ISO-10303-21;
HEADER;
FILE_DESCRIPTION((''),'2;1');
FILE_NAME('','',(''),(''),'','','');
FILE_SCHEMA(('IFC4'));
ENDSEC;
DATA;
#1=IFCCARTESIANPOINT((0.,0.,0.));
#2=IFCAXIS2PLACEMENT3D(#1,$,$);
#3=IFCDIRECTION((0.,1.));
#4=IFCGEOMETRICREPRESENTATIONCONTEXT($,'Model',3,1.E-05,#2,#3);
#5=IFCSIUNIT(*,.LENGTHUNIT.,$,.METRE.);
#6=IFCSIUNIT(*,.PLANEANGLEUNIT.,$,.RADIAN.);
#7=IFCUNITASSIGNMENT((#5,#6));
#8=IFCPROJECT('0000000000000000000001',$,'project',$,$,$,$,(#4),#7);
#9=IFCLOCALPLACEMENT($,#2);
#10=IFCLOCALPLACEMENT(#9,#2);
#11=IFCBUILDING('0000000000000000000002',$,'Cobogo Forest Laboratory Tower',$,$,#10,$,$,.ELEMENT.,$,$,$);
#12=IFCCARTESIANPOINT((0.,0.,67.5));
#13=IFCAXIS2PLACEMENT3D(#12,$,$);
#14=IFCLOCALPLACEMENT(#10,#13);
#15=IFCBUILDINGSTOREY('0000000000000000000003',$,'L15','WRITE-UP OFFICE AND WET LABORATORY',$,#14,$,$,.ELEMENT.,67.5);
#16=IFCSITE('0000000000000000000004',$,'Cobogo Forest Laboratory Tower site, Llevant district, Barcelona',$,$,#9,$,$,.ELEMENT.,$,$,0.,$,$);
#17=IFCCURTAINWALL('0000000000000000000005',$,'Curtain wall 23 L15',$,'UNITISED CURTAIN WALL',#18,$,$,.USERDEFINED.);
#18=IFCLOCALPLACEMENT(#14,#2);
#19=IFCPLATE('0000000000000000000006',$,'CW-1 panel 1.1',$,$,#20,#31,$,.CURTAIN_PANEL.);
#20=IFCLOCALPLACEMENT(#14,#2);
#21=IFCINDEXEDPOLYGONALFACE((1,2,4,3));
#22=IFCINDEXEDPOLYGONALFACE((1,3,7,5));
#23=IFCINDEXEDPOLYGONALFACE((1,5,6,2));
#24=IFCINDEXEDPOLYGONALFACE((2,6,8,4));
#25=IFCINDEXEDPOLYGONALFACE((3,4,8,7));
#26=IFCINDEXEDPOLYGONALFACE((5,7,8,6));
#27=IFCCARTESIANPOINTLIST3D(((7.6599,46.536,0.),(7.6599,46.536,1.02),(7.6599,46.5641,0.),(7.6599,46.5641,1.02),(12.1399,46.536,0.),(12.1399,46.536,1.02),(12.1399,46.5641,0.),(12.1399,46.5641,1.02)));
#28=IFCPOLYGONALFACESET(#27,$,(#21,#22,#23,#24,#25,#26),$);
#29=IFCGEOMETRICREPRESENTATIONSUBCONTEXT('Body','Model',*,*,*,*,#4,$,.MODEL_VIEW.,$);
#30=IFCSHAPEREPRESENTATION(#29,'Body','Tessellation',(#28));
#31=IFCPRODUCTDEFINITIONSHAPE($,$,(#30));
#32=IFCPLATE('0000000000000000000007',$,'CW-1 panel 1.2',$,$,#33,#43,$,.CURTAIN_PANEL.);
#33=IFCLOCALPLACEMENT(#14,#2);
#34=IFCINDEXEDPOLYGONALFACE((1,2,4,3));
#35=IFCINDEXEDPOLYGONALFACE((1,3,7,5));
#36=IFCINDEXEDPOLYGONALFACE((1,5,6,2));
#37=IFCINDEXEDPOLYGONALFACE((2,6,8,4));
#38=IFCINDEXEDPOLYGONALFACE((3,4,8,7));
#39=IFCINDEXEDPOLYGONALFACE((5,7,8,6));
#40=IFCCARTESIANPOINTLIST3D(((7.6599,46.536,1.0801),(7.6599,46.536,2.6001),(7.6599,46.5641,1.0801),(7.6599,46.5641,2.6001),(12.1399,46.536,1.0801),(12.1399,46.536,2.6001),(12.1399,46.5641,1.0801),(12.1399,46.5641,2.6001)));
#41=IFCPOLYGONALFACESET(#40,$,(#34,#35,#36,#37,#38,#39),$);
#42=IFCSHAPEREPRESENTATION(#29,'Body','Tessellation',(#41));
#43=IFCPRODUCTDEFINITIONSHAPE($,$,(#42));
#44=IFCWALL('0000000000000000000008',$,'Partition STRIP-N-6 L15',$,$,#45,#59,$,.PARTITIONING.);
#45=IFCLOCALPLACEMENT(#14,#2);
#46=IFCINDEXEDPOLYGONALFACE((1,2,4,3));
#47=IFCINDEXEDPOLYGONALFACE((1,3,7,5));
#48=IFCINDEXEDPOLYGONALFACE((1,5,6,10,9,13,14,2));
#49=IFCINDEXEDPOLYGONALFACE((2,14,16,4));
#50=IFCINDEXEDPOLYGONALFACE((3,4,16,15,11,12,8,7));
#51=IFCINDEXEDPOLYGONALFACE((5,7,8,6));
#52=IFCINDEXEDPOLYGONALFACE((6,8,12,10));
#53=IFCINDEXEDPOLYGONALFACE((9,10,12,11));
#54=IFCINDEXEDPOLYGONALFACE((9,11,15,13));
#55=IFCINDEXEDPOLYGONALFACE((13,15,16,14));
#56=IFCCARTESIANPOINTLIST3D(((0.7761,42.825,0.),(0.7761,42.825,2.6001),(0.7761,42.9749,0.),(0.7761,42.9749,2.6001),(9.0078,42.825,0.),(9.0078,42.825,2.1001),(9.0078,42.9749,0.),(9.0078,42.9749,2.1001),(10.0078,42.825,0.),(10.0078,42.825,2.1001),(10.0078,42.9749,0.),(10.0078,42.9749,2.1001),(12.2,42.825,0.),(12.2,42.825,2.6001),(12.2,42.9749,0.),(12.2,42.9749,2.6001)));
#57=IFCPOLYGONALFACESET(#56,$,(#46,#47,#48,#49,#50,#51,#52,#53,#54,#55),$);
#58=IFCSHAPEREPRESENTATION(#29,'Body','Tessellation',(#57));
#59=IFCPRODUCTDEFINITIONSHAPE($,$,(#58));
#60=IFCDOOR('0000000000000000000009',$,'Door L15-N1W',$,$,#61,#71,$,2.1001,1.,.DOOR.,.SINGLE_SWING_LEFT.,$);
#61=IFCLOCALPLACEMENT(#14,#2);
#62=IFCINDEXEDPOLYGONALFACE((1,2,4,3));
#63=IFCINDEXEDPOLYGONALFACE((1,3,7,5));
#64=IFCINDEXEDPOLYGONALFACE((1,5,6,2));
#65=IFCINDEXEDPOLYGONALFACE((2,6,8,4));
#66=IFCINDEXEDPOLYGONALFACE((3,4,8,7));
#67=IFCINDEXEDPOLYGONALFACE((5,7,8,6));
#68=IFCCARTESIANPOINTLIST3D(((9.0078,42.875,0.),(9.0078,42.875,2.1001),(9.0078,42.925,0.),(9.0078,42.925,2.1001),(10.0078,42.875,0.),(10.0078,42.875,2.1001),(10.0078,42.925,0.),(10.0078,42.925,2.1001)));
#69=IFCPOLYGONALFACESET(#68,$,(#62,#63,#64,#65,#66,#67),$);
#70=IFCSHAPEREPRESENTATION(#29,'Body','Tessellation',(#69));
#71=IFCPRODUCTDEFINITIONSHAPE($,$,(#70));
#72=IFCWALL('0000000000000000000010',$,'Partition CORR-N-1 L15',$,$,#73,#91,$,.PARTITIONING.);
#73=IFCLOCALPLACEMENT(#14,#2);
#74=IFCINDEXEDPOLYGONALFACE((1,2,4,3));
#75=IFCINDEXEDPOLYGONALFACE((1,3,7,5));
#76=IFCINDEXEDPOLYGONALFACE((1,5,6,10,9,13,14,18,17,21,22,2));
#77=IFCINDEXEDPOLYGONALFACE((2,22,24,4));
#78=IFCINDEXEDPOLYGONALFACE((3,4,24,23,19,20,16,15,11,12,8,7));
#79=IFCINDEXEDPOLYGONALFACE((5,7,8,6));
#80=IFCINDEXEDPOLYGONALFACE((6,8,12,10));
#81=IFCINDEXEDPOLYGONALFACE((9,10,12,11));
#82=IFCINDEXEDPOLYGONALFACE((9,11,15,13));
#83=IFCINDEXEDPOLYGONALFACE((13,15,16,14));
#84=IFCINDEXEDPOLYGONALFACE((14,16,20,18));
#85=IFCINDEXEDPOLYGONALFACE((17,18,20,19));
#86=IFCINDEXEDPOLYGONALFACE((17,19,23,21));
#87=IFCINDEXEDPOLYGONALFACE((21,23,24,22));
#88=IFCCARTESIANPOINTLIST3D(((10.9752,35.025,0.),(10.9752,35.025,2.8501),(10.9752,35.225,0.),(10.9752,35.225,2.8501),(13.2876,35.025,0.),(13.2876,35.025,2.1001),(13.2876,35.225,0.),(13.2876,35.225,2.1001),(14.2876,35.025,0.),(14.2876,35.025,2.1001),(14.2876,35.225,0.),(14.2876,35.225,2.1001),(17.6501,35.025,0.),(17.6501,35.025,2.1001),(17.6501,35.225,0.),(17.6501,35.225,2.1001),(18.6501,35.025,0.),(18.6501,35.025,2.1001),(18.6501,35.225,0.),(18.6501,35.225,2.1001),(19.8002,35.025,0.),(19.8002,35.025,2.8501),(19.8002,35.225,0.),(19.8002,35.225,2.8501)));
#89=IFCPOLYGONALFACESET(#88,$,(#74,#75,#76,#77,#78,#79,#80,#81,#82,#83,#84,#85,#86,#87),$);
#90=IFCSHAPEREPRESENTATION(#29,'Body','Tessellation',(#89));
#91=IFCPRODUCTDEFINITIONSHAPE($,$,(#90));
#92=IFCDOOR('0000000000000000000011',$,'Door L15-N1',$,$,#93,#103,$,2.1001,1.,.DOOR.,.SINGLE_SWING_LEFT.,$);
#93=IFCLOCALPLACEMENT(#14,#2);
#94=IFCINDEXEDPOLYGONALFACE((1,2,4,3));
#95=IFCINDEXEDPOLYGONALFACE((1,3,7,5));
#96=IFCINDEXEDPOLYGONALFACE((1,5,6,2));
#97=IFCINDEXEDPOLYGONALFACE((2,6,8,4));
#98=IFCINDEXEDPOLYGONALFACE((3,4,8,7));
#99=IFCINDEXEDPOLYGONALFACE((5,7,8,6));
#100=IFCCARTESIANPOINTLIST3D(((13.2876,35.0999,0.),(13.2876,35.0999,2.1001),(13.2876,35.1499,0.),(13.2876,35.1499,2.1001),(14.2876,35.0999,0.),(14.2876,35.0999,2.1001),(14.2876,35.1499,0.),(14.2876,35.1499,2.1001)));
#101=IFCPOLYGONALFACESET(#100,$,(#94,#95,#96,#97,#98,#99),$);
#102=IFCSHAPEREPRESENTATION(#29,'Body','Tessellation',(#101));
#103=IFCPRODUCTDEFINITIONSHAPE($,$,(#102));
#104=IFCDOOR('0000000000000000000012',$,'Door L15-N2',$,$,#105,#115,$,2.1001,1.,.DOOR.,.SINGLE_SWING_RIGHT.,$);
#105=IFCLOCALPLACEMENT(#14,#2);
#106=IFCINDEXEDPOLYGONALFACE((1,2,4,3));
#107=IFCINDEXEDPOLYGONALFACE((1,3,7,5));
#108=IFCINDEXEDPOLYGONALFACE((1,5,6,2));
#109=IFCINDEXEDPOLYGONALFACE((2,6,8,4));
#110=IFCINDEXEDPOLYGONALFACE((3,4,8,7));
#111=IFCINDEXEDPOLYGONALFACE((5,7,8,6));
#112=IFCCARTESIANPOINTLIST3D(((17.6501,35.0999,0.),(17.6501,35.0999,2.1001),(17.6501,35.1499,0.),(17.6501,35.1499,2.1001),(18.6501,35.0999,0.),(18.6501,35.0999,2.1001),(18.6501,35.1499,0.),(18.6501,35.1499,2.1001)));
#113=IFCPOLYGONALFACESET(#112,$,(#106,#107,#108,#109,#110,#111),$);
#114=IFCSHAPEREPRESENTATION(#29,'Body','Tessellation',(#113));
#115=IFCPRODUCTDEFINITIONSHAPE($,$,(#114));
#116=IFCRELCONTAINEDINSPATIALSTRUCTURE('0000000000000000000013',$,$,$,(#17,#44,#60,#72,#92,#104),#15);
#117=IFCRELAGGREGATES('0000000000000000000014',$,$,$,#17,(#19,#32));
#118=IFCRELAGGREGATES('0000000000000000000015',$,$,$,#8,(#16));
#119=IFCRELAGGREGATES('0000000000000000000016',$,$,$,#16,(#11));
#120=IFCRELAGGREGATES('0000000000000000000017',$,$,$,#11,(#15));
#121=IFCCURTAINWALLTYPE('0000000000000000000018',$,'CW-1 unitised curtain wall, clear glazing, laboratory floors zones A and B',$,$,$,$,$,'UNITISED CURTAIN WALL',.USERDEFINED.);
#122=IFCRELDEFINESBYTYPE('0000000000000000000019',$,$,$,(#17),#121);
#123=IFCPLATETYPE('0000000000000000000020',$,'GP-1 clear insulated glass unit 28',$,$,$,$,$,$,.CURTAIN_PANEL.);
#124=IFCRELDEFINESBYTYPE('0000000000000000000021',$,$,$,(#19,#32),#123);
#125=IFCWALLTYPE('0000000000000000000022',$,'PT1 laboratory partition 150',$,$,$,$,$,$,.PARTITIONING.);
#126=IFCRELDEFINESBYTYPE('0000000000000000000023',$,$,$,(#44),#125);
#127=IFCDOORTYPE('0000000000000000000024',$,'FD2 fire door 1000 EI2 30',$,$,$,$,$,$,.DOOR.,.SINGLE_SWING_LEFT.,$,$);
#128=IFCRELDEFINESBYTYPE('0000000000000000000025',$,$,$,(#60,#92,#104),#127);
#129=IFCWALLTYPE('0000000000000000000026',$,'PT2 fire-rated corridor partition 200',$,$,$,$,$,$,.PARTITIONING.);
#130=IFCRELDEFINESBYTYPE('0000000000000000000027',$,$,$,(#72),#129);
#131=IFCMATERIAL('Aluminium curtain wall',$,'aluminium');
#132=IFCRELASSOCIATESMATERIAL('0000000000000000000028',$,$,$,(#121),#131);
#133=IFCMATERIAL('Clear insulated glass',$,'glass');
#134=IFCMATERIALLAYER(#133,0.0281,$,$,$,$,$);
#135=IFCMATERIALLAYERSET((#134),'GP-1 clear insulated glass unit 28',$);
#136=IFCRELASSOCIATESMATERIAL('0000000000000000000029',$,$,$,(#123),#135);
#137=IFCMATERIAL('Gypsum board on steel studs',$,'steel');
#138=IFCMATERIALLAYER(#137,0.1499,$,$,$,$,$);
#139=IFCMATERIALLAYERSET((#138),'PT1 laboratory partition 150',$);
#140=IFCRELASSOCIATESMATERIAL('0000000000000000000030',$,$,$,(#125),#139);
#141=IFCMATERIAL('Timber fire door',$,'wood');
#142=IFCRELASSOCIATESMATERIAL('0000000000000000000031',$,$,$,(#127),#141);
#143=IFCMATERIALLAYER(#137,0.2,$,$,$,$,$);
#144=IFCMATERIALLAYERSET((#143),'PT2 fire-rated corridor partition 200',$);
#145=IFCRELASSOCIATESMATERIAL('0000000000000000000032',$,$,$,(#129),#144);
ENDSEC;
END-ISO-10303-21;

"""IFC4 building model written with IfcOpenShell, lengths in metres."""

from ifc_helpers import new_model, si_unit, direction, frame, frame_2d, origin, origin_2d, place, context, subcontext, project, spatial, rectangle, extrude, material, layer, layer_set, type_object, element, fill, aggregate, save


model = new_model("IFC4")

# Units and contexts
model_context = context("Model", 3, precision=1e-05, world=origin(), true_north=direction((0.0, 1.0)))
body_context = subcontext(model_context, "Body", "Model", "MODEL_VIEW")
ifc_project = project(units=[si_unit("LENGTHUNIT", "METRE"), si_unit("PLANEANGLEUNIT", "RADIAN")], contexts=[model_context])

# Site, building, storey
site_placement = place(None, origin())
site = spatial("IfcSite", under=ifc_project, at=site_placement, Name="Cobogo Forest Laboratory Tower site, Llevant district, Barcelona", CompositionType="ELEMENT", RefElevation=0.0)
building_placement = place(site_placement, origin())
building = spatial("IfcBuilding", under=site, at=building_placement, Name="Cobogo Forest Laboratory Tower", CompositionType="ELEMENT")
storey_placement = place(building_placement, frame((0.0, 0.0, 67.5)))
storey = spatial("IfcBuildingStorey", under=building, at=storey_placement, Name="L15", Description="WRITE-UP OFFICE AND WET LABORATORY", CompositionType="ELEMENT", Elevation=67.5)

# Curtain wall
ifc_material_1 = material(Name="Aluminium curtain wall", Category="aluminium")
curtain_wall_type = type_object("IfcCurtainWallType", Name="CW-1 unitised curtain wall, clear glazing, laboratory floors zones A and B", ElementType="UNITISED CURTAIN WALL", PredefinedType="USERDEFINED", material=ifc_material_1)
curtain_wall_1_placement = place(storey_placement, origin())
curtain_wall_1 = element("IfcCurtainWall", 1, at=curtain_wall_1_placement, inside=storey, type_object=curtain_wall_type, Name="Curtain wall 23 L15", ObjectType="UNITISED CURTAIN WALL", PredefinedType="USERDEFINED")

# Plates
ifc_material_2 = material(Name="Clear insulated glass", Category="glass")
ifc_layer_1 = layer(ifc_material_2, 0.0281)
ifc_layer_set_1 = layer_set([ifc_layer_1], Name="GP-1 clear insulated glass unit 28")
plate_type_1 = type_object("IfcPlateType", Name="GP-1 clear insulated glass unit 28", PredefinedType="CURTAIN_PANEL", material=ifc_layer_set_1)
plate_1_placement = place(storey_placement, frame((9.8999, 46.55, 0.0), z_axis=(0.0, 0.0, 1.0), x_axis=(-1.0, 0.0, 0.0)))
plate_1 = element("IfcPlate", 2, at=plate_1_placement, type_object=plate_type_1, Name="CW-1 panel 1.1", PredefinedType="CURTAIN_PANEL", context=body_context, shape_type="SweptSolid", body=[
    extrude(rectangle(XDim=4.48, YDim=0.0281, at=origin_2d()), origin(), (0.0, 0.0, 1.0), 1.02),
])
plate_2_placement = place(storey_placement, frame((9.8999, 46.55, 1.0801), z_axis=(0.0, 0.0, 1.0), x_axis=(-1.0, 0.0, 0.0)))
plate_2 = element("IfcPlate", 3, at=plate_2_placement, type_object=plate_type_1, Name="CW-1 panel 1.2", PredefinedType="CURTAIN_PANEL", context=body_context, shape_type="SweptSolid", body=[
    extrude(rectangle(XDim=4.48, YDim=0.0281, at=origin_2d()), origin(), (0.0, 0.0, 1.0), 1.52),
])
aggregate(curtain_wall_1, [plate_1, plate_2])

# Wall, opening, door
ifc_material_3 = material(Name="Gypsum board on steel studs", Category="steel")
ifc_layer_2 = layer(ifc_material_3, 0.1499)
ifc_layer_set_2 = layer_set([ifc_layer_2], Name="PT1 laboratory partition 150")
wall_type_1 = type_object("IfcWallType", Name="PT1 laboratory partition 150", PredefinedType="PARTITIONING", material=ifc_layer_set_2)
wall_1_placement = place(storey_placement, frame((12.2, 42.8999, 0.0), z_axis=(0.0, 0.0, 1.0), x_axis=(-1.0, 0.0, 0.0)))
wall_1 = element("IfcWall", 4, at=wall_1_placement, inside=storey, type_object=wall_type_1, Name="Partition STRIP-N-6 L15", PredefinedType="PARTITIONING", context=body_context, shape_type="SweptSolid", body=[
    extrude(rectangle(XDim=11.4238, YDim=0.1499, at=frame_2d((5.7119, 0.0))), origin(), (0.0, 0.0, 1.0), 2.6001),
])
opening_1_placement = place(wall_1_placement, frame((2.1921, 0.0, 0.0)))
opening_1 = element("IfcOpeningElement", 5, at=opening_1_placement, cuts=wall_1, PredefinedType="OPENING", context=body_context, shape_type="SweptSolid", body=[
    extrude(rectangle(XDim=1.0, YDim=2.1001, at=frame_2d((0.5, 1.05))), frame((0.0, 0.085, 0.0), z_axis=(0.0, -1.0, 0.0), x_axis=(1.0, 0.0, 0.0)), (0.0, 0.0, 1.0), 0.1699),
])
ifc_material_4 = material(Name="Timber fire door", Category="wood")
door_type = type_object("IfcDoorType", Name="FD2 fire door 1000 EI2 30", OperationType="SINGLE_SWING_LEFT", PredefinedType="DOOR", material=ifc_material_4)
door_1_placement = place(opening_1_placement, origin())
door_1 = element("IfcDoor", 6, at=door_1_placement, inside=storey, type_object=door_type, Name="Door L15-N1W", OperationType="SINGLE_SWING_LEFT", OverallHeight=2.1001, OverallWidth=1.0, PredefinedType="DOOR", context=body_context, shape_type="SweptSolid", body=[
    extrude(rectangle(XDim=1.0, YDim=2.1001, at=frame_2d((0.5, 1.05))), frame((0.0, 0.0249, 0.0), z_axis=(0.0, -1.0, 0.0), x_axis=(1.0, 0.0, 0.0)), (0.0, 0.0, 1.0), 0.05),
])
fill(opening_1, door_1)

# Wall, openings, doors
ifc_layer_3 = layer(ifc_material_3, 0.2)
ifc_layer_set_3 = layer_set([ifc_layer_3], Name="PT2 fire-rated corridor partition 200")
wall_type_2 = type_object("IfcWallType", Name="PT2 fire-rated corridor partition 200", PredefinedType="PARTITIONING", material=ifc_layer_set_3)
wall_2_placement = place(storey_placement, frame((10.9751, 35.125, 0.0), z_axis=(0.0, 0.0, 1.0), x_axis=(1.0, 0.0, 0.0)))
wall_2 = element("IfcWall", 7, at=wall_2_placement, inside=storey, type_object=wall_type_2, Name="Partition CORR-N-1 L15", PredefinedType="PARTITIONING", context=body_context, shape_type="SweptSolid", body=[
    extrude(rectangle(XDim=8.825, YDim=0.2, at=frame_2d((4.4126, 0.0))), origin(), (0.0, 0.0, 1.0), 2.8501),
])
opening_2_placement = place(wall_2_placement, frame((2.3125, 0.0, 0.0)))
opening_2 = element("IfcOpeningElement", 8, at=opening_2_placement, cuts=wall_2, PredefinedType="OPENING", context=body_context, shape_type="SweptSolid", body=[
    extrude(rectangle(XDim=1.0, YDim=2.1001, at=frame_2d((0.5, 1.05))), frame((0.0, 0.1099, 0.0), z_axis=(0.0, -1.0, 0.0), x_axis=(1.0, 0.0, 0.0)), (0.0, 0.0, 1.0), 0.22),
])
opening_3_placement = place(wall_2_placement, frame((6.675, 0.0, 0.0)))
opening_3 = element("IfcOpeningElement", 9, at=opening_3_placement, cuts=wall_2, PredefinedType="OPENING", context=body_context, shape_type="SweptSolid", body=[
    extrude(rectangle(XDim=1.0, YDim=2.1001, at=frame_2d((0.5, 1.05))), frame((0.0, 0.1099, 0.0), z_axis=(0.0, -1.0, 0.0), x_axis=(1.0, 0.0, 0.0)), (0.0, 0.0, 1.0), 0.22),
])
door_2_placement = place(opening_2_placement, origin())
door_2 = element("IfcDoor", 10, at=door_2_placement, inside=storey, type_object=door_type, Name="Door L15-N1", OperationType="SINGLE_SWING_LEFT", OverallHeight=2.1001, OverallWidth=1.0, PredefinedType="DOOR", context=body_context, shape_type="SweptSolid", body=[
    extrude(rectangle(XDim=1.0, YDim=2.1001, at=frame_2d((0.5, 1.05))), frame((0.0, 0.0249, 0.0), z_axis=(0.0, -1.0, 0.0), x_axis=(1.0, 0.0, 0.0)), (0.0, 0.0, 1.0), 0.05),
])
fill(opening_2, door_2)
door_3_placement = place(opening_3_placement, origin())
door_3 = element("IfcDoor", 11, at=door_3_placement, inside=storey, type_object=door_type, Name="Door L15-N2", OperationType="SINGLE_SWING_RIGHT", OverallHeight=2.1001, OverallWidth=1.0, PredefinedType="DOOR", context=body_context, shape_type="SweptSolid", body=[
    extrude(rectangle(XDim=1.0, YDim=2.1001, at=frame_2d((0.5, 1.05))), frame((0.0, 0.0249, 0.0), z_axis=(0.0, -1.0, 0.0), x_axis=(1.0, 0.0, 0.0)), (0.0, 0.0, 1.0), 0.05),
])
fill(opening_3, door_3)

save(model, "model.ifc")
